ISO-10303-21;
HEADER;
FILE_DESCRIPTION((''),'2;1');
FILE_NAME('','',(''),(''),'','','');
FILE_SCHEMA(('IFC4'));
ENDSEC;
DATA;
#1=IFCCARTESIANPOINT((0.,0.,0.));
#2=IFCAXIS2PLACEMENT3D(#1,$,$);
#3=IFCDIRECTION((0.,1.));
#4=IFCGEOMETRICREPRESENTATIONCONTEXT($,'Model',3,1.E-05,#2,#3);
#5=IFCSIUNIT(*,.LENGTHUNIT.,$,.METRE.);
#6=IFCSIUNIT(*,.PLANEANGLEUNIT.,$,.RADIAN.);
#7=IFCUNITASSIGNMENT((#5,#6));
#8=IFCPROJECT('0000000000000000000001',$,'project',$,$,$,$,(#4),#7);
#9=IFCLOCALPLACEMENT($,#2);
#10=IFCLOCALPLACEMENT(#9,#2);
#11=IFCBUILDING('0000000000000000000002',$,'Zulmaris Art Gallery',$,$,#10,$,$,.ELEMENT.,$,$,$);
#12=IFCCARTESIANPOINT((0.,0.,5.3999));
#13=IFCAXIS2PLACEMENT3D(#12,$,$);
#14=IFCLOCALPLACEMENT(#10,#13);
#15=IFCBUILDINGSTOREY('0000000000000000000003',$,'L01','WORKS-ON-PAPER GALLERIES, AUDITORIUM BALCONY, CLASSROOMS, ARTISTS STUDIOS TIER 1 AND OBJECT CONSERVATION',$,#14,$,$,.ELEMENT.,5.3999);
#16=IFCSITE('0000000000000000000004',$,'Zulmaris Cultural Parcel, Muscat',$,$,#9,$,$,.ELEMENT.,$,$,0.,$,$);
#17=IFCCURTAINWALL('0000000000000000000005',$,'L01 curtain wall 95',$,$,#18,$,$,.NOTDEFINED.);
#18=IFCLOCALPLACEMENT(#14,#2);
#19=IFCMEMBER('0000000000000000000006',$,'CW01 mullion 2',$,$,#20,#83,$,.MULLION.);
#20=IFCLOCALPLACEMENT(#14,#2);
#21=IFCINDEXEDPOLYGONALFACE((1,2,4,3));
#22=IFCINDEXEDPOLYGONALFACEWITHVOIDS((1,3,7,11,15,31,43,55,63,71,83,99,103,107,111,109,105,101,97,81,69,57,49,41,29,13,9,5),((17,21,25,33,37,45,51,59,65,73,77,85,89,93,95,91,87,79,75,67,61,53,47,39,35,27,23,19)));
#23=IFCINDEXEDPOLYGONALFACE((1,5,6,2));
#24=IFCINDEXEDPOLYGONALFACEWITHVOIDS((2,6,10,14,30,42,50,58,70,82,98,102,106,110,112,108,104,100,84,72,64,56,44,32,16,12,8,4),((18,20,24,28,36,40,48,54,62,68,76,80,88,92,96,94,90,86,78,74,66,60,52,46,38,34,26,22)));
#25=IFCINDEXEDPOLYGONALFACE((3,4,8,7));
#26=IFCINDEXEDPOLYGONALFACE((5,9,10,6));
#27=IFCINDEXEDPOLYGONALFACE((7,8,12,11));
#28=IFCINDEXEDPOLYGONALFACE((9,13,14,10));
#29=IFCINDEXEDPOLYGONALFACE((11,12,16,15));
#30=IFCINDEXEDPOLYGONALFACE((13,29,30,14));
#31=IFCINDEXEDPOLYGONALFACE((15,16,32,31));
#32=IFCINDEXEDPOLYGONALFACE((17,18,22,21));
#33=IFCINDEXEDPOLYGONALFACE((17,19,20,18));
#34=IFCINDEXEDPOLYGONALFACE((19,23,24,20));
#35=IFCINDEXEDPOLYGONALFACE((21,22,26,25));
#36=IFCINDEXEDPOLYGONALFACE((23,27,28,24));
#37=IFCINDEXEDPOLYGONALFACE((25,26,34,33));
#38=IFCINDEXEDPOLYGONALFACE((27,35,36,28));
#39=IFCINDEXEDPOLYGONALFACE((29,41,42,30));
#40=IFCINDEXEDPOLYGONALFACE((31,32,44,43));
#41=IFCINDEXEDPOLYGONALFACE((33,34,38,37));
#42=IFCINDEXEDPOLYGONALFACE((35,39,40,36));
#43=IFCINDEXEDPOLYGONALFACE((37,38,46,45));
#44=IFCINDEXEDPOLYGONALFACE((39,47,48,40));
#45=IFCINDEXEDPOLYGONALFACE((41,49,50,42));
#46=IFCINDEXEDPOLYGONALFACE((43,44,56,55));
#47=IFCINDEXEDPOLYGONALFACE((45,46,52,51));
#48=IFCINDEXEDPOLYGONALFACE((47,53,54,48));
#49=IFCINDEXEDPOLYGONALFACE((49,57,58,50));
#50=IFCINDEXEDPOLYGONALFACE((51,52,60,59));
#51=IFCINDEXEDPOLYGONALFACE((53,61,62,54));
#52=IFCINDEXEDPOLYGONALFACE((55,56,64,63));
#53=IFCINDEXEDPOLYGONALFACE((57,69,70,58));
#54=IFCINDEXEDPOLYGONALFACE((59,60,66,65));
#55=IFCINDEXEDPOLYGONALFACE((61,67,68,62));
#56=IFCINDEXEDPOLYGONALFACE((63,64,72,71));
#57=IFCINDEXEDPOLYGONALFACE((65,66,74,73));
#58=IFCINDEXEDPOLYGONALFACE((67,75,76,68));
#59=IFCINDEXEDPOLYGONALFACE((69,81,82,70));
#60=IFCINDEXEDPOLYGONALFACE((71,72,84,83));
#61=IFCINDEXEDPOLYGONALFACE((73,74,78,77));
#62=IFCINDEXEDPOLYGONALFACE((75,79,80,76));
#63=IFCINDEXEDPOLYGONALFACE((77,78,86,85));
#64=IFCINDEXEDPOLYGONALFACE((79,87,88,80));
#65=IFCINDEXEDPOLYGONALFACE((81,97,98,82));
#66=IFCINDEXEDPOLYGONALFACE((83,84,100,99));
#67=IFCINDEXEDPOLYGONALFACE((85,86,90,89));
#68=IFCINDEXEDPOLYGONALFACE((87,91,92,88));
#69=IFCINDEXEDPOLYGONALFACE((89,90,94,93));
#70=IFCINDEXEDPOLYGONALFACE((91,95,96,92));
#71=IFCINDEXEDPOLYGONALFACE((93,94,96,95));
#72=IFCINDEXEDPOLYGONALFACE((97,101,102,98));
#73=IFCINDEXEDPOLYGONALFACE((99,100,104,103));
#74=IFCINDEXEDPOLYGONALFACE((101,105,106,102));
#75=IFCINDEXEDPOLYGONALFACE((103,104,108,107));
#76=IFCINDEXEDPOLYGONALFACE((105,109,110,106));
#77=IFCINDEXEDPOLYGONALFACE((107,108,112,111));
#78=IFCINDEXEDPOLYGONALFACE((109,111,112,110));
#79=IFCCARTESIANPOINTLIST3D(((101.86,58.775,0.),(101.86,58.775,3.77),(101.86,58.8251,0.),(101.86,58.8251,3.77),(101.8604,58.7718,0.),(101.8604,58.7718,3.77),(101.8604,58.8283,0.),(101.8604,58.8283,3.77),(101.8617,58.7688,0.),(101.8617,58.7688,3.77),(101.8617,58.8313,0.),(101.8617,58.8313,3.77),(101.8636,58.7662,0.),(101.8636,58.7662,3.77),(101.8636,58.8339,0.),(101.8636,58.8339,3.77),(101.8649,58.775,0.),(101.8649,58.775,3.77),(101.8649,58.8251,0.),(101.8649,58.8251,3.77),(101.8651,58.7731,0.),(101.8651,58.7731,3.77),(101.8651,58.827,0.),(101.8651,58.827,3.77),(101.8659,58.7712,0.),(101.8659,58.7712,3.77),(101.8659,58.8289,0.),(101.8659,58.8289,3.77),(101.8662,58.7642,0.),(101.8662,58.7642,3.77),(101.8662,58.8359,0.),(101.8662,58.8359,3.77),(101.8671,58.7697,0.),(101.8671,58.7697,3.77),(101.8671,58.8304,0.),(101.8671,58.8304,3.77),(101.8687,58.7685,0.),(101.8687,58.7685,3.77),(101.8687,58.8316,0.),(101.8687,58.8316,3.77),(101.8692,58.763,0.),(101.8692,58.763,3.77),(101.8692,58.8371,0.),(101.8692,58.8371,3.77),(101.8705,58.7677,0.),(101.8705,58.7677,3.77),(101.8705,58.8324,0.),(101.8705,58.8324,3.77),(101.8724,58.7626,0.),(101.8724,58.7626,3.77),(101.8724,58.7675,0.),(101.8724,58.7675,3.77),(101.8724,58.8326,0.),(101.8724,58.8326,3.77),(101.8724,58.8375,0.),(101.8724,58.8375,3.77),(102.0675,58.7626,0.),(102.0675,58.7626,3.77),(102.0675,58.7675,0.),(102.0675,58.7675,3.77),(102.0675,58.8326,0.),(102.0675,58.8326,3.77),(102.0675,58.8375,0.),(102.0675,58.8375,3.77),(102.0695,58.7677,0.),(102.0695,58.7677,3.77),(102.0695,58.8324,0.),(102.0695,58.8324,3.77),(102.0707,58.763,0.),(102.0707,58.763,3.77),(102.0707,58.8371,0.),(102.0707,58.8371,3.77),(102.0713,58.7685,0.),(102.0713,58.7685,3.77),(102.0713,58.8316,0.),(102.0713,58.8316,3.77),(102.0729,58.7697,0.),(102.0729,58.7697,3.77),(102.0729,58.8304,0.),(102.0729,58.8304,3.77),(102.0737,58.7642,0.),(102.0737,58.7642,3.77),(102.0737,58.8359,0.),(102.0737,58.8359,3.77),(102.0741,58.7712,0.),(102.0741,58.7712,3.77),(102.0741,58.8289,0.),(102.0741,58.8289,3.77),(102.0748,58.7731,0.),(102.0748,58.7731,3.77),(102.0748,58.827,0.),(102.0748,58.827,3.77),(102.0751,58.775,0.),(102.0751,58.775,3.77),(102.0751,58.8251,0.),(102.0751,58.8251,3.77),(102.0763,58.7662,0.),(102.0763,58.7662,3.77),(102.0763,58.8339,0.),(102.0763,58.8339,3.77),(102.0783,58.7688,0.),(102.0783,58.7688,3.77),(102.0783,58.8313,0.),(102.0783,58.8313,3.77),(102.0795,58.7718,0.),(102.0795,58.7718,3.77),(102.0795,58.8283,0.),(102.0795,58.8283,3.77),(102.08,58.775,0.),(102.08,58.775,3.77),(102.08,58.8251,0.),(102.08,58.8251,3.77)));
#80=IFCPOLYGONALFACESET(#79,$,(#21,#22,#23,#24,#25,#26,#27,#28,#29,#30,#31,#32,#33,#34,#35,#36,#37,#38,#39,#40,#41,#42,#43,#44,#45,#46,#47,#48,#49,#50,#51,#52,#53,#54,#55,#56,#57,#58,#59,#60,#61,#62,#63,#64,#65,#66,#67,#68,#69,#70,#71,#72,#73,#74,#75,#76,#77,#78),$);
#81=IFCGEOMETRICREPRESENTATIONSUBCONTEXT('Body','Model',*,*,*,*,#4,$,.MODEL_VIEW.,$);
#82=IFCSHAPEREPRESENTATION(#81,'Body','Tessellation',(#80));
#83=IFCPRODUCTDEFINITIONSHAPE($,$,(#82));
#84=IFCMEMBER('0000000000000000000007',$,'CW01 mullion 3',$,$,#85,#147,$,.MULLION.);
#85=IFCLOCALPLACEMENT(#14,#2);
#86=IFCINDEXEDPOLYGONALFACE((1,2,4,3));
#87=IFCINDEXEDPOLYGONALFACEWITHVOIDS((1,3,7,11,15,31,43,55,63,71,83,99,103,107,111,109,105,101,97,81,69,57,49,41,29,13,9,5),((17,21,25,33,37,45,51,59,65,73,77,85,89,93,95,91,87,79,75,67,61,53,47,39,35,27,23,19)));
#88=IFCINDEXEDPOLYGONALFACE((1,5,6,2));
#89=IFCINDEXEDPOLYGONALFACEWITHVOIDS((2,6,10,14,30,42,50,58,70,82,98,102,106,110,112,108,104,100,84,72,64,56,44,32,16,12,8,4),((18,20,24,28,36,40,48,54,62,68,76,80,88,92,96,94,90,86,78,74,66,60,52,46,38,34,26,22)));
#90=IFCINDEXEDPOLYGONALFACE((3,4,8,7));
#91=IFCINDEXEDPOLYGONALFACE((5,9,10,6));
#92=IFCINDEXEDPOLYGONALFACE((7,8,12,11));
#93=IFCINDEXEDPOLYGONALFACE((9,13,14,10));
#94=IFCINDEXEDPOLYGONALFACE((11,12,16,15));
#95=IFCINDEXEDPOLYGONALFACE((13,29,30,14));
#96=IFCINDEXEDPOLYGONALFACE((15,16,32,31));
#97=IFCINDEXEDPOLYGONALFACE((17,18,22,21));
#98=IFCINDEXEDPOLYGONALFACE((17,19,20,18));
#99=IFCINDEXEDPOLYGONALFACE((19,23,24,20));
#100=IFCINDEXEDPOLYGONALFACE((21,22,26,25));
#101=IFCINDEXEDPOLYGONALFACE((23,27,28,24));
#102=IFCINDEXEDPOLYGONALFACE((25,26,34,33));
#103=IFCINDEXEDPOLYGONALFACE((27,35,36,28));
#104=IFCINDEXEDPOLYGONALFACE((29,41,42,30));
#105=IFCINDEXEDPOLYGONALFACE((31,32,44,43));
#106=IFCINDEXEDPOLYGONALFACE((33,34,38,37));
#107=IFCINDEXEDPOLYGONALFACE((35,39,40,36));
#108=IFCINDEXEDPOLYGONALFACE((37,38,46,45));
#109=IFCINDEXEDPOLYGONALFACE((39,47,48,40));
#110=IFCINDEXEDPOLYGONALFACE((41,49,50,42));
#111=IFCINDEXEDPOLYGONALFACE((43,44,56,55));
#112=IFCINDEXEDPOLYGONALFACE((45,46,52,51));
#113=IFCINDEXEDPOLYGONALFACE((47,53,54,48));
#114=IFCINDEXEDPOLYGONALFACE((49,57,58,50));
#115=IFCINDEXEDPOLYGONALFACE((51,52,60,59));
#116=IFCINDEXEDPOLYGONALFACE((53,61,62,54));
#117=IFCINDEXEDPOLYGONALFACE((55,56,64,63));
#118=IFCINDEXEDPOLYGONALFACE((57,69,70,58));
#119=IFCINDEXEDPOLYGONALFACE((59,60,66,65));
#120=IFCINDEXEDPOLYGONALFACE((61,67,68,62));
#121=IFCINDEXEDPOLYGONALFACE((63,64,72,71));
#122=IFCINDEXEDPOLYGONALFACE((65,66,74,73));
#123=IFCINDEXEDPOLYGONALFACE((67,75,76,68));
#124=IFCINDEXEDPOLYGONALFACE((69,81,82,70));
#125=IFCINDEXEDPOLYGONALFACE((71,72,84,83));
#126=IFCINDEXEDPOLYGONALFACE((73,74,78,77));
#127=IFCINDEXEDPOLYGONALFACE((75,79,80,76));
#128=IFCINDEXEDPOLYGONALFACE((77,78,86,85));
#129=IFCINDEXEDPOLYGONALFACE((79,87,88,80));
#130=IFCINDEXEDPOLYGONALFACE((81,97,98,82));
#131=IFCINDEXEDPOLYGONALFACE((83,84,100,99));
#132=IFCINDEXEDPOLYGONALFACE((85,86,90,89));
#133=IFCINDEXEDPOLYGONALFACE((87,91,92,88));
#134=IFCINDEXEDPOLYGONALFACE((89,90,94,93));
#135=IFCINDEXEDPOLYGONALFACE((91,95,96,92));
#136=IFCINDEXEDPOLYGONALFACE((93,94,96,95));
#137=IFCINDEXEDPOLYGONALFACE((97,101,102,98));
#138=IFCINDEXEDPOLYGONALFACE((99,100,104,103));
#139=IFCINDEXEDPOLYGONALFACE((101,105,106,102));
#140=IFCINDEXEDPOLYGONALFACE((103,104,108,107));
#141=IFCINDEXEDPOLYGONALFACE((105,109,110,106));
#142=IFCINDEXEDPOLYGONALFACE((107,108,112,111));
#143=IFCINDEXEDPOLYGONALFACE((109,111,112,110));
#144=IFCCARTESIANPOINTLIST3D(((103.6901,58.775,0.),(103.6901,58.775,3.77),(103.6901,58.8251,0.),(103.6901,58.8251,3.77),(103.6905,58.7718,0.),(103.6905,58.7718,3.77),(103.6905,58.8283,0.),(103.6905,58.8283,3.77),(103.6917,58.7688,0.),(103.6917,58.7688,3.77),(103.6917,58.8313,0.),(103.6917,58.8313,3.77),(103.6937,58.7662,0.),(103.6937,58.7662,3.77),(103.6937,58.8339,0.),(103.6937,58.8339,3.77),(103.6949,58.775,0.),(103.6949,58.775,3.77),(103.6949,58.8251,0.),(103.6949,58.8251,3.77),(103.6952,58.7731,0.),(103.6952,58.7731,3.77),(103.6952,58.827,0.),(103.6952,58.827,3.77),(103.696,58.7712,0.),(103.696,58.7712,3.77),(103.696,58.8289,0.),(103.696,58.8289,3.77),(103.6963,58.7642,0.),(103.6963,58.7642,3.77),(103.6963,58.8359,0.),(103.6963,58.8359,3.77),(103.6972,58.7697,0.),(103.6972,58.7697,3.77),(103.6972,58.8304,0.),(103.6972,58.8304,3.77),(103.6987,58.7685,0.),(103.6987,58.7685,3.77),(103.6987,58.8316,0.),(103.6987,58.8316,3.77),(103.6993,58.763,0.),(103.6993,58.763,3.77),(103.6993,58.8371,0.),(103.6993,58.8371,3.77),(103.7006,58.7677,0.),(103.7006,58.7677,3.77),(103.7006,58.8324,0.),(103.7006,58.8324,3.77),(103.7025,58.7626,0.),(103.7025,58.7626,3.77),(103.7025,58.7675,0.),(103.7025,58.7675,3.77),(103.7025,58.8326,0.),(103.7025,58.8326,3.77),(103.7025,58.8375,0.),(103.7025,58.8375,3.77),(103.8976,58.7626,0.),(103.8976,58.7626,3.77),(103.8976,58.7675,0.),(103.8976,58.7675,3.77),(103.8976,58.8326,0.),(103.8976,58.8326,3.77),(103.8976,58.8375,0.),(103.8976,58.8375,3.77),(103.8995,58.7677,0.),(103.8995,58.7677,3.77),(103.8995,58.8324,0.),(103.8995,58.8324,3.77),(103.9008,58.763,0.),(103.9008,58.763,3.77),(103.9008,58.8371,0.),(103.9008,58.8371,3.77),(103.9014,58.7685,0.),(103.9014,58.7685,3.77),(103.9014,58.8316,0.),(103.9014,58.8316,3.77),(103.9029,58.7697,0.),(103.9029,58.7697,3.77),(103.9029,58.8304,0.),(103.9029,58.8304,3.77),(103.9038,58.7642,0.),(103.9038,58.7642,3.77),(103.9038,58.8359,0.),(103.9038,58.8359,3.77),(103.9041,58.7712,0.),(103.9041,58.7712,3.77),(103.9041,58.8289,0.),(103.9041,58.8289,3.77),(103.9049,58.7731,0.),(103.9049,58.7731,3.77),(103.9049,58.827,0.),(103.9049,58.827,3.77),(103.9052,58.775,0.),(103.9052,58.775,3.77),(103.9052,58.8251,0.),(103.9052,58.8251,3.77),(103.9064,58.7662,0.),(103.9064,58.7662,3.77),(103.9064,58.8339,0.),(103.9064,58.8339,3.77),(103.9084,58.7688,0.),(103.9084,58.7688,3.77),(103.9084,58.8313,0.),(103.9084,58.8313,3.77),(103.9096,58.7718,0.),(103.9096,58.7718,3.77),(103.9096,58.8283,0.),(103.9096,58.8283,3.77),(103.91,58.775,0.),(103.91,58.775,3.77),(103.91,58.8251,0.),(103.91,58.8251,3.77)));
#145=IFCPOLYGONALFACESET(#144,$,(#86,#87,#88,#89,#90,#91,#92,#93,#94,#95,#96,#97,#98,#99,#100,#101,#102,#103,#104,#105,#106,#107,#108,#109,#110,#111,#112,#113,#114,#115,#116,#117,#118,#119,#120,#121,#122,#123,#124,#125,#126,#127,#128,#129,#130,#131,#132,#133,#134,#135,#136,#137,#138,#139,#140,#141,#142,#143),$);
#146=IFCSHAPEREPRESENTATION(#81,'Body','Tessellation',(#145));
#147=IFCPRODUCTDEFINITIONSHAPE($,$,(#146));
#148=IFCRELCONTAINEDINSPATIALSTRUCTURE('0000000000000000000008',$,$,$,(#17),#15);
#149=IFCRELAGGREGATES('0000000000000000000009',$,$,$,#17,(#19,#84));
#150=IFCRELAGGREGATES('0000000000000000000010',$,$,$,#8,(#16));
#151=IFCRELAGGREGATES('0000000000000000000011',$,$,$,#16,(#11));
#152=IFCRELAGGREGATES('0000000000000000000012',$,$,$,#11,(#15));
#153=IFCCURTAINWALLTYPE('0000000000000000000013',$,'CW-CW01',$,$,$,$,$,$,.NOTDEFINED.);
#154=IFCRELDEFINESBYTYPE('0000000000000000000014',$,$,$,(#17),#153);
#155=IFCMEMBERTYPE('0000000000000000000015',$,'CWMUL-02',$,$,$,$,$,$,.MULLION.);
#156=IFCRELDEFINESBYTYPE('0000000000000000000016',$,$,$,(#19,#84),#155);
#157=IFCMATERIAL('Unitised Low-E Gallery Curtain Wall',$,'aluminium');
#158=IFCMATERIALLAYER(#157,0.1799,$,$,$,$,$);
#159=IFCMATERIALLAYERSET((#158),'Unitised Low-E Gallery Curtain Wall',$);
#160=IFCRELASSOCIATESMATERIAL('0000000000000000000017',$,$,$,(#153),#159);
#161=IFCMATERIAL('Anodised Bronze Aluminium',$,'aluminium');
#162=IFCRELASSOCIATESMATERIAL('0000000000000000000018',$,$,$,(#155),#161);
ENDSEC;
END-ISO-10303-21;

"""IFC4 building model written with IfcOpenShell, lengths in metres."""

from ifc_helpers import new_model, si_unit, direction, frame, origin, origin_2d, place, context, subcontext, project, spatial, hollow_rectangle, extrude, material, layer, layer_set, material_profile, profile_set, type_object, element, aggregate, save


model = new_model("IFC4")

# Units and contexts
model_context = context("Model", 3, precision=1e-05, world=origin(), true_north=direction((0.0, 1.0)))
body_context = subcontext(model_context, "Body", "Model", "MODEL_VIEW")
ifc_project = project(units=[si_unit("LENGTHUNIT", "METRE"), si_unit("PLANEANGLEUNIT", "RADIAN")], contexts=[model_context])

# Site, building, storey
site_placement = place(None, origin())
site = spatial("IfcSite", under=ifc_project, at=site_placement, Name="Zulmaris Cultural Parcel, Muscat", CompositionType="ELEMENT", RefElevation=0.0)
building_placement = place(site_placement, origin())
building = spatial("IfcBuilding", under=site, at=building_placement, Name="Zulmaris Art Gallery", CompositionType="ELEMENT")
storey_placement = place(building_placement, frame((0.0, 0.0, 5.3999)))
storey = spatial("IfcBuildingStorey", under=building, at=storey_placement, Name="L01", Description="WORKS-ON-PAPER GALLERIES, AUDITORIUM BALCONY, CLASSROOMS, ARTISTS STUDIOS TIER 1 AND OBJECT CONSERVATION", CompositionType="ELEMENT", Elevation=5.3999)

# Curtain wall, members
ifc_material_1 = material(Name="Unitised Low-E Gallery Curtain Wall", Category="aluminium")
ifc_layer_1 = layer(ifc_material_1, 0.1799)
ifc_layer_set_1 = layer_set([ifc_layer_1], Name="Unitised Low-E Gallery Curtain Wall")
curtain_wall_type = type_object("IfcCurtainWallType", Name="CW-CW01", PredefinedType="NOTDEFINED", material=ifc_layer_set_1)
curtain_wall_placement = place(storey_placement, origin())
curtain_wall = element("IfcCurtainWall", 1, at=curtain_wall_placement, inside=storey, type_object=curtain_wall_type, Name="L01 curtain wall 95", PredefinedType="NOTDEFINED")
ifc_material_2 = material(Name="Anodised Bronze Aluminium", Category="aluminium")
ifc_material_profile_1 = material_profile(ifc_material_2, hollow_rectangle(XDim=0.075, YDim=0.22, WallThickness=0.0049, InnerFilletRadius=0.0076, OuterFilletRadius=0.0125, at=origin_2d()), Name="ALU 75x220x5")
ifc_profile_set_1 = profile_set([ifc_material_profile_1], Name="Anodised Bronze Aluminium")
member_type_1 = type_object("IfcMemberType", Name="CWMUL-02", PredefinedType="MULLION", material=ifc_profile_set_1)
member_1_placement = place(storey_placement, frame((101.97, 58.8, 0.0), z_axis=(0.0, 0.0, 1.0), x_axis=(0.0, 1.0, 0.0)))
member_1 = element("IfcMember", 2, at=member_1_placement, type_object=member_type_1, Name="CW01 mullion 2", PredefinedType="MULLION", context=body_context, shape_type="SweptSolid", body=[
    extrude(hollow_rectangle(XDim=0.075, YDim=0.22, WallThickness=0.0049, InnerFilletRadius=0.0076, OuterFilletRadius=0.0125, at=origin_2d()), origin(), (0.0, 0.0, 1.0), 3.77),
])
member_2_placement = place(storey_placement, frame((103.8, 58.8, 0.0), z_axis=(0.0, 0.0, 1.0), x_axis=(0.0, 1.0, 0.0)))
member_2 = element("IfcMember", 3, at=member_2_placement, type_object=member_type_1, Name="CW01 mullion 3", PredefinedType="MULLION", context=body_context, shape_type="SweptSolid", body=[
    extrude(hollow_rectangle(XDim=0.075, YDim=0.22, WallThickness=0.0049, InnerFilletRadius=0.0076, OuterFilletRadius=0.0125, at=origin_2d()), origin(), (0.0, 0.0, 1.0), 3.77),
])
aggregate(curtain_wall, [member_1, member_2])

save(model, "model.ifc")
